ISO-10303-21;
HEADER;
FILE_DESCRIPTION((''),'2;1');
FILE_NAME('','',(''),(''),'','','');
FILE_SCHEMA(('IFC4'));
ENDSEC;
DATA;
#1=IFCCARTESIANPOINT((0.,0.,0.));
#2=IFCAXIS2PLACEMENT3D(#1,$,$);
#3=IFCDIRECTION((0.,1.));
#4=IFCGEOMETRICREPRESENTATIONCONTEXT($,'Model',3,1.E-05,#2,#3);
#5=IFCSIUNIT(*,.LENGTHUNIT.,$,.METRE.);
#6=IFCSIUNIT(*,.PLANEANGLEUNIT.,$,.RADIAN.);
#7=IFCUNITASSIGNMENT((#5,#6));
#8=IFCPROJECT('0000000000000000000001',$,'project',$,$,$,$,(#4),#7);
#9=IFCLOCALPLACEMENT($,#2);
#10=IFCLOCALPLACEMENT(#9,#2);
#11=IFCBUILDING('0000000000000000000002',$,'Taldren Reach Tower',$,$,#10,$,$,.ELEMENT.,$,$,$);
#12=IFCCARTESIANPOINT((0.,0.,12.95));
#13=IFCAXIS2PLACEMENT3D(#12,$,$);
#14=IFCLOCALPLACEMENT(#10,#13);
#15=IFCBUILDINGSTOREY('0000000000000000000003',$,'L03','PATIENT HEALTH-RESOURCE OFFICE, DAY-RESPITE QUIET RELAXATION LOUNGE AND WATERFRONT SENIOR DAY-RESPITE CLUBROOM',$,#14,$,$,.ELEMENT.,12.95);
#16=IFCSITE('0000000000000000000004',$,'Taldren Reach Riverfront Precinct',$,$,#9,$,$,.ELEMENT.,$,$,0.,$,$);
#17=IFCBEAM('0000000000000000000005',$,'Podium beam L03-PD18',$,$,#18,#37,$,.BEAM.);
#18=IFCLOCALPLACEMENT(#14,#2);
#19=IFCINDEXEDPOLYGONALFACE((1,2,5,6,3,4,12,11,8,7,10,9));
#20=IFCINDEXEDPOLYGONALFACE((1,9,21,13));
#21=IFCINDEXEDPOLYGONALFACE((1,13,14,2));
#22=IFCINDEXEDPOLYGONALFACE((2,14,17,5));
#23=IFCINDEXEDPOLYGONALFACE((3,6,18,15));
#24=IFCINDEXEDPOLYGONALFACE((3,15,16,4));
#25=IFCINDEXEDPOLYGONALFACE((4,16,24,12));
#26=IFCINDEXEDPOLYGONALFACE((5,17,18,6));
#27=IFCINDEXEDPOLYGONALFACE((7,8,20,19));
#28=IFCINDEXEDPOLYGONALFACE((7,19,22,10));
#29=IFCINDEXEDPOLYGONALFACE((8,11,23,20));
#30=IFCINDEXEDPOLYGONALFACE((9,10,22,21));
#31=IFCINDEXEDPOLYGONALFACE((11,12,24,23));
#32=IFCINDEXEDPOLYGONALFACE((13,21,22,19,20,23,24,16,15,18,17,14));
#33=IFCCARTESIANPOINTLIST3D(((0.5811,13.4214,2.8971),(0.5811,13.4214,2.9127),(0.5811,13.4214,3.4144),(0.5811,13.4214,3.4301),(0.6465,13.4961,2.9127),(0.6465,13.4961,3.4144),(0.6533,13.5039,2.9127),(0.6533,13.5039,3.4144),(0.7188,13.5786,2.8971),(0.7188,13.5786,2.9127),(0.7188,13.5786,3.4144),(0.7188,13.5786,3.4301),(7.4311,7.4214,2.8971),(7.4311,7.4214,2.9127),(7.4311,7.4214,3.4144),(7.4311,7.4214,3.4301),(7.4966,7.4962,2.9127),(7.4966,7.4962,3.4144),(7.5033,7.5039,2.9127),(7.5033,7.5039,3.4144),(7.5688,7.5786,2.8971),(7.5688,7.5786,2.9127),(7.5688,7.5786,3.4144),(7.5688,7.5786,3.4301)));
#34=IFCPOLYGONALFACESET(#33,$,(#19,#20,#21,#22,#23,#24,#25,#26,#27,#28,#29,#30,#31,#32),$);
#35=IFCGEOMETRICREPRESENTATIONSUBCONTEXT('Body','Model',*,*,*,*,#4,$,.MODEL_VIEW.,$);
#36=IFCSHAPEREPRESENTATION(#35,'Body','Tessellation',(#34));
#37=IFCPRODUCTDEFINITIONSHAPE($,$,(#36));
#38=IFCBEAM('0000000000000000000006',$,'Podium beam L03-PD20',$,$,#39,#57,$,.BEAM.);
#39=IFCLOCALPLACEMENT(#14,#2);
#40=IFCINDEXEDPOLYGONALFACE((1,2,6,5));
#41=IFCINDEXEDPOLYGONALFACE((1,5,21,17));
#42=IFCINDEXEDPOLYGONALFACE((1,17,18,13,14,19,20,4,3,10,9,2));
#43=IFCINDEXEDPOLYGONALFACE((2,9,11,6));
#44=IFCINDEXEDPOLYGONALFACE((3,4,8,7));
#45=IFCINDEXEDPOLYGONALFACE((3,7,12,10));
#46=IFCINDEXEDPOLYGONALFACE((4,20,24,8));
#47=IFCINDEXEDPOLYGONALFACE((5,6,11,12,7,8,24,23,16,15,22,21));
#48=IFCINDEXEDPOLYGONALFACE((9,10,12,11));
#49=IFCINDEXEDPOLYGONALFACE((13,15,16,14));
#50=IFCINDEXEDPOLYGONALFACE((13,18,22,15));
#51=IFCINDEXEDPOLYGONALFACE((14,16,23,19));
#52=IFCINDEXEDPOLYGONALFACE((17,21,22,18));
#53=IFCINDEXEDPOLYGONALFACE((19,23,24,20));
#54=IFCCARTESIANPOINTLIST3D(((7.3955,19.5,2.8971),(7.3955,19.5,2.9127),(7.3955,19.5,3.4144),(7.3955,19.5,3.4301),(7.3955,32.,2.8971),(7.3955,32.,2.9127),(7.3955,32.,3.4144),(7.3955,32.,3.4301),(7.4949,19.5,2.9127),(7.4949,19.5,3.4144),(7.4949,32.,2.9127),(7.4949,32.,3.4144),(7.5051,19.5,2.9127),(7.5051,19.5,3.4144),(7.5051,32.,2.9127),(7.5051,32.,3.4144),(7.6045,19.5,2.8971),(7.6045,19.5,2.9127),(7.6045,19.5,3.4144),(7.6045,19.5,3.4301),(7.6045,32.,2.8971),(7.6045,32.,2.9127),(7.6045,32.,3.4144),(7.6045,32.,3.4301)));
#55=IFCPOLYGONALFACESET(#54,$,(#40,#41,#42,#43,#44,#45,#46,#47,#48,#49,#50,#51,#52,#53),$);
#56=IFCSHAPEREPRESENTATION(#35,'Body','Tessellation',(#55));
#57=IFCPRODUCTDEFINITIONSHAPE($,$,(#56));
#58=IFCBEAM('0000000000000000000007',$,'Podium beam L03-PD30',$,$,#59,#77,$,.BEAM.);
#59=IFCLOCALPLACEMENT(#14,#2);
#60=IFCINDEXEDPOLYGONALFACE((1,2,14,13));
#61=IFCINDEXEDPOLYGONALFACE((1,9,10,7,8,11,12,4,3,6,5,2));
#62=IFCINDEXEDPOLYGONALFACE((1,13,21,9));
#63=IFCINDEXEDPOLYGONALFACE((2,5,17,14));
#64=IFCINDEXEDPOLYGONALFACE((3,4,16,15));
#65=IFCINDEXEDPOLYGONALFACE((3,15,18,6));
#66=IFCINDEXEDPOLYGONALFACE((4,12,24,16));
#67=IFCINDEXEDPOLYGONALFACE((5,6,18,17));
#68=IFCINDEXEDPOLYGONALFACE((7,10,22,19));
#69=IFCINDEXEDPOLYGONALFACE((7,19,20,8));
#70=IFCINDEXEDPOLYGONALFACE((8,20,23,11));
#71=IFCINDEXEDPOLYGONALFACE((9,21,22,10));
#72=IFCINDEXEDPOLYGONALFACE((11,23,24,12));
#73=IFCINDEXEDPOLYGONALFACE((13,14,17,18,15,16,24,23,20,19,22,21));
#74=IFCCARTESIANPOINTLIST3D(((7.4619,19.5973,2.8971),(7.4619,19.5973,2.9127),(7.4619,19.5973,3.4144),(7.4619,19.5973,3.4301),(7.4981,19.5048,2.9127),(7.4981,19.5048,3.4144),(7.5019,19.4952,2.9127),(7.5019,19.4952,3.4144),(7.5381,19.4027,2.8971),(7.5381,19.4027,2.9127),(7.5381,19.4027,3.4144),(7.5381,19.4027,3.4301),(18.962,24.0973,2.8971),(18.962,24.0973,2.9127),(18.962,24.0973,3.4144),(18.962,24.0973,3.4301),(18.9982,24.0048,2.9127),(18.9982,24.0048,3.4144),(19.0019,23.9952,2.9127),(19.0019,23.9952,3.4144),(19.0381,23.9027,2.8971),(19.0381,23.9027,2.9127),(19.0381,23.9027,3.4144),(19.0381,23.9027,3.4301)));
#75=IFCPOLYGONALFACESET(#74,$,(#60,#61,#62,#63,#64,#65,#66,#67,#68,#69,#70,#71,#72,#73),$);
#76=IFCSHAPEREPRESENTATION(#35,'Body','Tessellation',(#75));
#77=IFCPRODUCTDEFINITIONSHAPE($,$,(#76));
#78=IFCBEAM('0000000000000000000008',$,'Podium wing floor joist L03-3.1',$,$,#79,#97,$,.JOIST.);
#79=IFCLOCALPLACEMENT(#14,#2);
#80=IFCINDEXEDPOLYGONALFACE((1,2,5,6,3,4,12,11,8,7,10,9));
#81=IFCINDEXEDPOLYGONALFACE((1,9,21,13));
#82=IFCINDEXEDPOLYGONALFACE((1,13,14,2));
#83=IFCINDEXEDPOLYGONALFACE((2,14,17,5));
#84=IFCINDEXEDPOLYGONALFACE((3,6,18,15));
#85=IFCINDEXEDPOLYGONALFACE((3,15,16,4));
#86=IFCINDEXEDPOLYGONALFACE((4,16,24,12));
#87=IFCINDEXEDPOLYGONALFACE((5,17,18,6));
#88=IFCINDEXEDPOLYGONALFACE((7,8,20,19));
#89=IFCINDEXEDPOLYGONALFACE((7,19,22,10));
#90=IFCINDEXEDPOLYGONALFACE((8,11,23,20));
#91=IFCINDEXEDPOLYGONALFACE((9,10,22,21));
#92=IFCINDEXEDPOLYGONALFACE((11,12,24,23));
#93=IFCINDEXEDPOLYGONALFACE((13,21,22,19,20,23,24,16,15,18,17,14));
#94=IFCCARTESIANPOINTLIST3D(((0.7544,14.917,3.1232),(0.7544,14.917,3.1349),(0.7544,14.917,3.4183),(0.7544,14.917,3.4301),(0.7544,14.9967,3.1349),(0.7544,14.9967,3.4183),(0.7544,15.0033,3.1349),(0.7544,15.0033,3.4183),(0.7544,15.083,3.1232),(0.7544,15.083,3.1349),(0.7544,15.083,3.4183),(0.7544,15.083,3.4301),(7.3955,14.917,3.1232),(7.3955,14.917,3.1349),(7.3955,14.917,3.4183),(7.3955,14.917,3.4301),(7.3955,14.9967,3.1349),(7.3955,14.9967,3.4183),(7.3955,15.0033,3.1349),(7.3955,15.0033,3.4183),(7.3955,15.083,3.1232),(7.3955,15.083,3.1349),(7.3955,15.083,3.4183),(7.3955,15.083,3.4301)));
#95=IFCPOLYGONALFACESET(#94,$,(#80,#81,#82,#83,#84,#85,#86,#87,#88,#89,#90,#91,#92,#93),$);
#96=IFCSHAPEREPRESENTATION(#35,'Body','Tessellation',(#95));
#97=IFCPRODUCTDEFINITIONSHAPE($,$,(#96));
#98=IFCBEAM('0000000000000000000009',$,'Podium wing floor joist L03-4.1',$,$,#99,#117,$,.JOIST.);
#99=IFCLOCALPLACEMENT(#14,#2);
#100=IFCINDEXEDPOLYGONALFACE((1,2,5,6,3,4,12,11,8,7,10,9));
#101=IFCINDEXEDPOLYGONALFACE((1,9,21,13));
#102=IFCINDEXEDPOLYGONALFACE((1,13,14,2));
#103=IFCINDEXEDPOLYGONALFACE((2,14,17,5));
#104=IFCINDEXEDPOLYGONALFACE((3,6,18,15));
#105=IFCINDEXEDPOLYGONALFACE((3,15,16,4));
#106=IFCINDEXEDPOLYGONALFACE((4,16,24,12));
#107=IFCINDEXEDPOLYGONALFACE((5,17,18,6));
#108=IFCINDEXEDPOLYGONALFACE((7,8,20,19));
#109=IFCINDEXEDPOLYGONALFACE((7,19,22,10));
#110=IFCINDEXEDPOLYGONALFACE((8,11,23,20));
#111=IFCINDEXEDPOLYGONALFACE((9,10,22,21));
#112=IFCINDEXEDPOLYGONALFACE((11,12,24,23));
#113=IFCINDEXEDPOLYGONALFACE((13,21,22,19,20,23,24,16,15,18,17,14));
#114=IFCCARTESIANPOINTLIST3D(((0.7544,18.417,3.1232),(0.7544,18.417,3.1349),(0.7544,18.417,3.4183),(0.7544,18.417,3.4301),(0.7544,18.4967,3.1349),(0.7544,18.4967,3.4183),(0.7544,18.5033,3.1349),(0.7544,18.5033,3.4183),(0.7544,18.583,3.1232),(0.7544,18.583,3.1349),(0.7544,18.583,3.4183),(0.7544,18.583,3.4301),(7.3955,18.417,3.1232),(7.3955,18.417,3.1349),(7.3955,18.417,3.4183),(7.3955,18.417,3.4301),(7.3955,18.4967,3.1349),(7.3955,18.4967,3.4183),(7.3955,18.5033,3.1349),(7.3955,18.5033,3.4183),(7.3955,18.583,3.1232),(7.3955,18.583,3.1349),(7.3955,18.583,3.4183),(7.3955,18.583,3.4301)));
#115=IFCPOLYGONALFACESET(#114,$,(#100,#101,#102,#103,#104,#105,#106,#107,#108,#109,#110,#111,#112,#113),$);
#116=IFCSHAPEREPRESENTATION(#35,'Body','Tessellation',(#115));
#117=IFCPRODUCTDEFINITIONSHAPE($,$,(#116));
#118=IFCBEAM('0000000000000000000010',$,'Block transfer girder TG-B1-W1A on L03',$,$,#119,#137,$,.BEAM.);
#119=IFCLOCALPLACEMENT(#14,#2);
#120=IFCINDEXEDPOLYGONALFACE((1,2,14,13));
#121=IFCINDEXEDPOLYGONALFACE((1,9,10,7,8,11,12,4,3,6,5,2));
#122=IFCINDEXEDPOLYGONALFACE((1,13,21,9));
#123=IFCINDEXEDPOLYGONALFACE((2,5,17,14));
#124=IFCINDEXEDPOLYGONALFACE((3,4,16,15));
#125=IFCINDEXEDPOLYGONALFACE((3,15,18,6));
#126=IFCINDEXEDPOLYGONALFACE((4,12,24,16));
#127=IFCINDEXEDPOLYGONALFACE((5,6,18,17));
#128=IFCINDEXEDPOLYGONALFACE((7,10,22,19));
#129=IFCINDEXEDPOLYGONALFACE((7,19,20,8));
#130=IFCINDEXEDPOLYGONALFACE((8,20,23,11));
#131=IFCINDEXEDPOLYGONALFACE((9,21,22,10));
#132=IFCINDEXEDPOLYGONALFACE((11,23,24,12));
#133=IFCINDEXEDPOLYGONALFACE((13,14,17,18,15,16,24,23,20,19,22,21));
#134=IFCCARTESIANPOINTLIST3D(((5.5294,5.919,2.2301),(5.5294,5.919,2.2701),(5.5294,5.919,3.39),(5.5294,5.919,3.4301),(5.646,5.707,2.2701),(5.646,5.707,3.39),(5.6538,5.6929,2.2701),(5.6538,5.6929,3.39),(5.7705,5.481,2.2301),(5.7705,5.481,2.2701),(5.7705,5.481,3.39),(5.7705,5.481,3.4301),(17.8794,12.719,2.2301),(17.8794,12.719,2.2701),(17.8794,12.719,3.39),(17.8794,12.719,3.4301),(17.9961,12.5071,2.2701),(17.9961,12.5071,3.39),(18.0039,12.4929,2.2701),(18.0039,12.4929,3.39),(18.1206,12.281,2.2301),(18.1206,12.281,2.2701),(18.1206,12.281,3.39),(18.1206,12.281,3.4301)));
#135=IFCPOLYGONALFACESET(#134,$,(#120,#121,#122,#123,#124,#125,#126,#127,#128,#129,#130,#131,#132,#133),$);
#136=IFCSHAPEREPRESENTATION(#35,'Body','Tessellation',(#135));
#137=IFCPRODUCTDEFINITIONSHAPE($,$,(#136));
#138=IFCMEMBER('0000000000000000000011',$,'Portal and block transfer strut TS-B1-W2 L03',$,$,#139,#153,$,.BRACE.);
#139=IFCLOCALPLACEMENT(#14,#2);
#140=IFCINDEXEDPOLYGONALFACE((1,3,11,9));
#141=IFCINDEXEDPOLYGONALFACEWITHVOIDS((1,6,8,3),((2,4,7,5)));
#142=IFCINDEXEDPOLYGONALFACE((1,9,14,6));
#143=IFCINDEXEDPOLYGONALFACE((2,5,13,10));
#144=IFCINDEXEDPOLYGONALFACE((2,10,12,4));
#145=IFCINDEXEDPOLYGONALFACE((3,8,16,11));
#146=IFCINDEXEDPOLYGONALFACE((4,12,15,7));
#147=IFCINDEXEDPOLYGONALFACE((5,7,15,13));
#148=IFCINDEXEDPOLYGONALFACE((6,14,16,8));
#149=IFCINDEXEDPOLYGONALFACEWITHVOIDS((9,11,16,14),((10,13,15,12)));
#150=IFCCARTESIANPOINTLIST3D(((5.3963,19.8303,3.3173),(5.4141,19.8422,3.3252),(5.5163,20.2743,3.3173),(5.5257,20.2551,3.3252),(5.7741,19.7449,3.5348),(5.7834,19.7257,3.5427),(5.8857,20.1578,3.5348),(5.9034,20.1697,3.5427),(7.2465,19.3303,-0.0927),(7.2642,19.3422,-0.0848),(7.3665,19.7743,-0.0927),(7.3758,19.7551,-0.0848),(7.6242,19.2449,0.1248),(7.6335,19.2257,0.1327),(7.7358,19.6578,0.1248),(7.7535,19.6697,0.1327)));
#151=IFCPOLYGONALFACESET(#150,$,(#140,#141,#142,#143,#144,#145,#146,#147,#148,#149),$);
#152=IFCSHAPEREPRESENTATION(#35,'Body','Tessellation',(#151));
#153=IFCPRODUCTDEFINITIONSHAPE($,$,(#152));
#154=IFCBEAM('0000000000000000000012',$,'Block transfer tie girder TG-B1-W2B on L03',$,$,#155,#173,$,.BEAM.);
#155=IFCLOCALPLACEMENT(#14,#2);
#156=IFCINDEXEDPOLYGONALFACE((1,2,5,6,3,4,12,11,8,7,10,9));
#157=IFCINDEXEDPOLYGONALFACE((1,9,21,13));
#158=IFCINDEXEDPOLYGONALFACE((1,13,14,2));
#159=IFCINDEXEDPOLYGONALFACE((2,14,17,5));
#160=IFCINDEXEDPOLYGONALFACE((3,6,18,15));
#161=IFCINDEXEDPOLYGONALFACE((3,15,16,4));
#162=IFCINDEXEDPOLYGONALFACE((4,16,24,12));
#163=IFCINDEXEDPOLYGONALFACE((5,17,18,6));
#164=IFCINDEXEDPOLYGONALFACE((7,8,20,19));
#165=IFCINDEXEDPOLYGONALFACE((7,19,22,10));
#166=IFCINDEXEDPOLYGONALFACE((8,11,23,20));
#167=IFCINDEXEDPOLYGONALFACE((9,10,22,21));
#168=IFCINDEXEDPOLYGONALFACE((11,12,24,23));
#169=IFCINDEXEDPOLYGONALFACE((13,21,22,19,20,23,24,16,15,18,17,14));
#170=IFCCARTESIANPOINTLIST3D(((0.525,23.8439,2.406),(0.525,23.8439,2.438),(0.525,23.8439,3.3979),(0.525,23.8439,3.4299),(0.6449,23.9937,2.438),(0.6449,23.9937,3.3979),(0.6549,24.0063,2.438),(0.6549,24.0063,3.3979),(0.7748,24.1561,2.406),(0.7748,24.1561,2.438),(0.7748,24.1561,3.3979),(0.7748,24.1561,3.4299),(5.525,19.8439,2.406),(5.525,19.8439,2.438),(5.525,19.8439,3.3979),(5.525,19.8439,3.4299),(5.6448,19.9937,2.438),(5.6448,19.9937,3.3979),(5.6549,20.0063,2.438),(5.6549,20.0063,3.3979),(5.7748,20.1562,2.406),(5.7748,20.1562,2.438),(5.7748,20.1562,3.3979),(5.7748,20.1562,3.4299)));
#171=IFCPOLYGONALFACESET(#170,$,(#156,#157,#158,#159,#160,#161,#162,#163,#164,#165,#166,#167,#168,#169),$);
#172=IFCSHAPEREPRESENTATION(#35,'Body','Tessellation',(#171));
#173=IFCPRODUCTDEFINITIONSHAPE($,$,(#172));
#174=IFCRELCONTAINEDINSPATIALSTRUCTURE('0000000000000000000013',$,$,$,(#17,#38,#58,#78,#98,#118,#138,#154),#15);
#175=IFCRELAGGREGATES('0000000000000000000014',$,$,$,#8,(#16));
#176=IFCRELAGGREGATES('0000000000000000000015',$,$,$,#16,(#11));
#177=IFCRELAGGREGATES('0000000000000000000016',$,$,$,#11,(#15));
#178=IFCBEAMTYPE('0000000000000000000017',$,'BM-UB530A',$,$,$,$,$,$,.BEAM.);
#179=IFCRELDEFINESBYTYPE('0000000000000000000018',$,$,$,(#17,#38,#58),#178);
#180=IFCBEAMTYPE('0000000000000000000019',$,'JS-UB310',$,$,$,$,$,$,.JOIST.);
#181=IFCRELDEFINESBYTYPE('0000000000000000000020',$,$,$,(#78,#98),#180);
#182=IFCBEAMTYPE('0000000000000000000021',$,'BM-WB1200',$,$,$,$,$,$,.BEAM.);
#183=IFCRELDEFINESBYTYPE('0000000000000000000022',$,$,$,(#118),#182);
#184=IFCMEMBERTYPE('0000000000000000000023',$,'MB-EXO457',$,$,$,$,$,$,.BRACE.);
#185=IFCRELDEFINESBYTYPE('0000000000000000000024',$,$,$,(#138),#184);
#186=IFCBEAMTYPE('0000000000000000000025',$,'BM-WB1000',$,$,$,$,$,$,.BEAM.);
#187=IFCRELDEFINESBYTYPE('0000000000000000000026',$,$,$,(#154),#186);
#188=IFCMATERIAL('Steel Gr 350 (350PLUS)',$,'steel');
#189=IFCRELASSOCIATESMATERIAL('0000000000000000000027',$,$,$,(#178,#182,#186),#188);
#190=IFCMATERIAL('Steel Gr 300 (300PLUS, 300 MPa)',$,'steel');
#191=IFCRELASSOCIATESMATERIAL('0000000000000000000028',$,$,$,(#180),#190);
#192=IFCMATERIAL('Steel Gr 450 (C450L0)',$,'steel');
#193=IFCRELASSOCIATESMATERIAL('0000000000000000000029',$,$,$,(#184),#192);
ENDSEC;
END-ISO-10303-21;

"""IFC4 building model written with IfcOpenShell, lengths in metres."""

from ifc_helpers import new_model, si_unit, direction, frame, origin, origin_2d, place, context, subcontext, project, spatial, hollow_rectangle, i_section, extrude, source, transform, mapped, material, material_profile, profile_set, type_object, element, save


model = new_model("IFC4")

# Units and contexts
model_context = context("Model", 3, precision=1e-05, world=origin(), true_north=direction((0.0, 1.0)))
body_context = subcontext(model_context, "Body", "Model", "MODEL_VIEW")
ifc_project = project(units=[si_unit("LENGTHUNIT", "METRE"), si_unit("PLANEANGLEUNIT", "RADIAN")], contexts=[model_context])

# Site, building, storey
site_placement = place(None, origin())
site = spatial("IfcSite", under=ifc_project, at=site_placement, Name="Taldren Reach Riverfront Precinct", CompositionType="ELEMENT", RefElevation=0.0)
building_placement = place(site_placement, origin())
building = spatial("IfcBuilding", under=site, at=building_placement, Name="Taldren Reach Tower", CompositionType="ELEMENT")
storey_placement = place(building_placement, frame((0.0, 0.0, 12.95)))
storey = spatial("IfcBuildingStorey", under=building, at=storey_placement, Name="L03", Description="PATIENT HEALTH-RESOURCE OFFICE, DAY-RESPITE QUIET RELAXATION LOUNGE AND WATERFRONT SENIOR DAY-RESPITE CLUBROOM", CompositionType="ELEMENT", Elevation=12.95)

# Shared definitions
ifc_material_1 = material(Name="Steel Gr 350 (350PLUS)", Category="steel")

# Beams
ifc_material_profile_1 = material_profile(ifc_material_1, i_section(OverallWidth=0.209, OverallDepth=0.533, WebThickness=0.0103, FlangeThickness=0.0156, at=origin_2d()), Name="530UB92.4")
ifc_profile_set_1 = profile_set([ifc_material_profile_1], Name="Steel Gr 350 (350PLUS)")
beam_type_1 = type_object("IfcBeamType", Name="BM-UB530A", PredefinedType="BEAM", material=ifc_profile_set_1)
shared_shape_1 = source(origin(), body_context, "Body", "SweptSolid", [
    extrude(i_section(OverallWidth=0.209, OverallDepth=0.533, WebThickness=0.0103, FlangeThickness=0.0156, at=origin_2d()), origin(), (0.0, 0.0, 1.0), 9.1062),
])
beam_1_placement = place(storey_placement, frame((0.6499, 13.5, 3.1636), z_axis=(0.752241, -0.658888, 0.0), x_axis=(0.658888, 0.752241, 0.0)))
element("IfcBeam", 1, at=beam_1_placement, inside=storey, type_object=beam_type_1, Name="Podium beam L03-PD18", PredefinedType="BEAM", context=body_context, shape_type="MappedRepresentation", body=[
    mapped(shared_shape_1, transform((0.0, 0.0, 0.0), scale=1.0)),
])
shared_shape_2 = source(origin(), body_context, "Body", "SweptSolid", [
    extrude(i_section(OverallWidth=0.209, OverallDepth=0.533, WebThickness=0.0103, FlangeThickness=0.0156, at=origin_2d()), origin(), (0.0, 0.0, 1.0), 12.5),
])
beam_2_placement = place(storey_placement, frame((7.5, 19.5, 3.1636), z_axis=(0.0, 1.0, 0.0), x_axis=(-1.0, 0.0, 0.0)))
element("IfcBeam", 2, at=beam_2_placement, inside=storey, type_object=beam_type_1, Name="Podium beam L03-PD20", PredefinedType="BEAM", context=body_context, shape_type="MappedRepresentation", body=[
    mapped(shared_shape_2, transform((0.0, 0.0, 0.0), scale=1.0)),
])
shared_shape_3 = source(origin(), body_context, "Body", "SweptSolid", [
    extrude(i_section(OverallWidth=0.209, OverallDepth=0.533, WebThickness=0.0103, FlangeThickness=0.0156, at=origin_2d()), origin(), (0.0, 0.0, 1.0), 12.3491),
])
beam_3_placement = place(storey_placement, frame((7.5, 19.5, 3.1636), z_axis=(0.931243, 0.364399, 0.0), x_axis=(-0.364399, 0.931243, 0.0)))
element("IfcBeam", 3, at=beam_3_placement, inside=storey, type_object=beam_type_1, Name="Podium beam L03-PD30", PredefinedType="BEAM", context=body_context, shape_type="MappedRepresentation", body=[
    mapped(shared_shape_3, transform((0.0, 0.0, 0.0), scale=1.0)),
])
ifc_material_2 = material(Name="Steel Gr 300 (300PLUS, 300 MPa)", Category="steel")
ifc_material_profile_2 = material_profile(ifc_material_2, i_section(OverallWidth=0.166, OverallDepth=0.3069, WebThickness=0.0066, FlangeThickness=0.0117, at=origin_2d()), Name="310UB46.2")
ifc_profile_set_2 = profile_set([ifc_material_profile_2], Name="Steel Gr 300 (300PLUS, 300 MPa)")
beam_type_2 = type_object("IfcBeamType", Name="JS-UB310", PredefinedType="JOIST", material=ifc_profile_set_2)
shared_shape_4 = source(origin(), body_context, "Body", "SweptSolid", [
    extrude(i_section(OverallWidth=0.166, OverallDepth=0.3069, WebThickness=0.0066, FlangeThickness=0.0117, at=origin_2d()), origin(), (0.0, 0.0, 1.0), 6.6411),
])
for number, where, z_axis, x_axis, name in (
    (4, (0.7544, 15.0, 3.2766), (1.0, 0.0, 0.0), (0.0, 1.0, 0.0), "Podium wing floor joist L03-3.1"),
    (5, (0.7544, 18.5, 3.2766), (1.0, 0.0, 0.0), (0.0, 1.0, 0.0), "Podium wing floor joist L03-4.1"),
):
    element("IfcBeam", number, at=place(storey_placement, frame(where, z_axis=z_axis, x_axis=x_axis)), inside=storey, type_object=beam_type_2, Name=name, PredefinedType="JOIST", context=body_context, shape_type="MappedRepresentation", body=[
        mapped(shared_shape_4, transform((0.0, 0.0, 0.0), scale=1.0)),
    ])
ifc_material_profile_3 = material_profile(ifc_material_1, i_section(OverallWidth=0.5, OverallDepth=1.2, WebThickness=0.0161, FlangeThickness=0.04, at=origin_2d()), Name="1200WB455")
ifc_profile_set_3 = profile_set([ifc_material_profile_3], Name="Steel Gr 350 (350PLUS)")
beam_type_3 = type_object("IfcBeamType", Name="BM-WB1200", PredefinedType="BEAM", material=ifc_profile_set_3)
shared_shape_5 = source(origin(), body_context, "Body", "SweptSolid", [
    extrude(i_section(OverallWidth=0.5, OverallDepth=1.2, WebThickness=0.0161, FlangeThickness=0.04, at=origin_2d()), origin(), (0.0, 0.0, 1.0), 14.0984),
])
beam_4_placement = place(storey_placement, frame((18.0, 12.5, 2.8301), z_axis=(-0.875991, -0.482327, 0.0), x_axis=(0.482327, -0.875991, 0.0)))
element("IfcBeam", 6, at=beam_4_placement, inside=storey, type_object=beam_type_3, Name="Block transfer girder TG-B1-W1A on L03", PredefinedType="BEAM", context=body_context, shape_type="MappedRepresentation", body=[
    mapped(shared_shape_5, transform((0.0, 0.0, 0.0), scale=1.0)),
])

# Member
ifc_material_3 = material(Name="Steel Gr 450 (C450L0)", Category="steel")
ifc_material_profile_4 = material_profile(ifc_material_3, hollow_rectangle(XDim=0.46, YDim=0.46, WallThickness=0.0161, at=origin_2d()), Name="460x460x16.0SHS")
ifc_profile_set_4 = profile_set([ifc_material_profile_4], Name="Steel Gr 450 (C450L0)")
member_type = type_object("IfcMemberType", Name="MB-EXO457", PredefinedType="BRACE", material=ifc_profile_set_4)
shared_shape_6 = source(origin(), body_context, "Body", "SweptSolid", [
    extrude(hollow_rectangle(XDim=0.46, YDim=0.46, WallThickness=0.0161, at=origin_2d()), origin(), (0.0, 0.0, 1.0), 3.9116),
])
member_placement = place(storey_placement, frame((7.5, 19.5, 0.02), z_axis=(-0.472981, 0.127826, 0.871751), x_axis=(-0.260896, -0.965367, 0.0)))
element("IfcMember", 7, at=member_placement, inside=storey, type_object=member_type, Name="Portal and block transfer strut TS-B1-W2 L03", PredefinedType="BRACE", context=body_context, shape_type="MappedRepresentation", body=[
    mapped(shared_shape_6, transform((0.0, 0.0, 0.0), scale=1.0)),
])

# Beam
ifc_material_profile_5 = material_profile(ifc_material_1, i_section(OverallWidth=0.3999, OverallDepth=1.0239, WebThickness=0.0161, FlangeThickness=0.032, at=origin_2d()), Name="1000WB322")
ifc_profile_set_5 = profile_set([ifc_material_profile_5], Name="Steel Gr 350 (350PLUS)")
beam_type_4 = type_object("IfcBeamType", Name="BM-WB1000", PredefinedType="BEAM", material=ifc_profile_set_5)
shared_shape_7 = source(origin(), body_context, "Body", "SweptSolid", [
    extrude(i_section(OverallWidth=0.3999, OverallDepth=1.0239, WebThickness=0.0161, FlangeThickness=0.032, at=origin_2d()), origin(), (0.0, 0.0, 1.0), 6.4031),
])
beam_5_placement = place(storey_placement, frame((0.6499, 24.0, 2.918), z_axis=(0.780869, -0.624695, 0.0), x_axis=(0.624695, 0.780869, 0.0)))
element("IfcBeam", 8, at=beam_5_placement, inside=storey, type_object=beam_type_4, Name="Block transfer tie girder TG-B1-W2B on L03", PredefinedType="BEAM", context=body_context, shape_type="MappedRepresentation", body=[
    mapped(shared_shape_7, transform((0.0, 0.0, 0.0), scale=1.0)),
])

save(model, "model.ifc")
